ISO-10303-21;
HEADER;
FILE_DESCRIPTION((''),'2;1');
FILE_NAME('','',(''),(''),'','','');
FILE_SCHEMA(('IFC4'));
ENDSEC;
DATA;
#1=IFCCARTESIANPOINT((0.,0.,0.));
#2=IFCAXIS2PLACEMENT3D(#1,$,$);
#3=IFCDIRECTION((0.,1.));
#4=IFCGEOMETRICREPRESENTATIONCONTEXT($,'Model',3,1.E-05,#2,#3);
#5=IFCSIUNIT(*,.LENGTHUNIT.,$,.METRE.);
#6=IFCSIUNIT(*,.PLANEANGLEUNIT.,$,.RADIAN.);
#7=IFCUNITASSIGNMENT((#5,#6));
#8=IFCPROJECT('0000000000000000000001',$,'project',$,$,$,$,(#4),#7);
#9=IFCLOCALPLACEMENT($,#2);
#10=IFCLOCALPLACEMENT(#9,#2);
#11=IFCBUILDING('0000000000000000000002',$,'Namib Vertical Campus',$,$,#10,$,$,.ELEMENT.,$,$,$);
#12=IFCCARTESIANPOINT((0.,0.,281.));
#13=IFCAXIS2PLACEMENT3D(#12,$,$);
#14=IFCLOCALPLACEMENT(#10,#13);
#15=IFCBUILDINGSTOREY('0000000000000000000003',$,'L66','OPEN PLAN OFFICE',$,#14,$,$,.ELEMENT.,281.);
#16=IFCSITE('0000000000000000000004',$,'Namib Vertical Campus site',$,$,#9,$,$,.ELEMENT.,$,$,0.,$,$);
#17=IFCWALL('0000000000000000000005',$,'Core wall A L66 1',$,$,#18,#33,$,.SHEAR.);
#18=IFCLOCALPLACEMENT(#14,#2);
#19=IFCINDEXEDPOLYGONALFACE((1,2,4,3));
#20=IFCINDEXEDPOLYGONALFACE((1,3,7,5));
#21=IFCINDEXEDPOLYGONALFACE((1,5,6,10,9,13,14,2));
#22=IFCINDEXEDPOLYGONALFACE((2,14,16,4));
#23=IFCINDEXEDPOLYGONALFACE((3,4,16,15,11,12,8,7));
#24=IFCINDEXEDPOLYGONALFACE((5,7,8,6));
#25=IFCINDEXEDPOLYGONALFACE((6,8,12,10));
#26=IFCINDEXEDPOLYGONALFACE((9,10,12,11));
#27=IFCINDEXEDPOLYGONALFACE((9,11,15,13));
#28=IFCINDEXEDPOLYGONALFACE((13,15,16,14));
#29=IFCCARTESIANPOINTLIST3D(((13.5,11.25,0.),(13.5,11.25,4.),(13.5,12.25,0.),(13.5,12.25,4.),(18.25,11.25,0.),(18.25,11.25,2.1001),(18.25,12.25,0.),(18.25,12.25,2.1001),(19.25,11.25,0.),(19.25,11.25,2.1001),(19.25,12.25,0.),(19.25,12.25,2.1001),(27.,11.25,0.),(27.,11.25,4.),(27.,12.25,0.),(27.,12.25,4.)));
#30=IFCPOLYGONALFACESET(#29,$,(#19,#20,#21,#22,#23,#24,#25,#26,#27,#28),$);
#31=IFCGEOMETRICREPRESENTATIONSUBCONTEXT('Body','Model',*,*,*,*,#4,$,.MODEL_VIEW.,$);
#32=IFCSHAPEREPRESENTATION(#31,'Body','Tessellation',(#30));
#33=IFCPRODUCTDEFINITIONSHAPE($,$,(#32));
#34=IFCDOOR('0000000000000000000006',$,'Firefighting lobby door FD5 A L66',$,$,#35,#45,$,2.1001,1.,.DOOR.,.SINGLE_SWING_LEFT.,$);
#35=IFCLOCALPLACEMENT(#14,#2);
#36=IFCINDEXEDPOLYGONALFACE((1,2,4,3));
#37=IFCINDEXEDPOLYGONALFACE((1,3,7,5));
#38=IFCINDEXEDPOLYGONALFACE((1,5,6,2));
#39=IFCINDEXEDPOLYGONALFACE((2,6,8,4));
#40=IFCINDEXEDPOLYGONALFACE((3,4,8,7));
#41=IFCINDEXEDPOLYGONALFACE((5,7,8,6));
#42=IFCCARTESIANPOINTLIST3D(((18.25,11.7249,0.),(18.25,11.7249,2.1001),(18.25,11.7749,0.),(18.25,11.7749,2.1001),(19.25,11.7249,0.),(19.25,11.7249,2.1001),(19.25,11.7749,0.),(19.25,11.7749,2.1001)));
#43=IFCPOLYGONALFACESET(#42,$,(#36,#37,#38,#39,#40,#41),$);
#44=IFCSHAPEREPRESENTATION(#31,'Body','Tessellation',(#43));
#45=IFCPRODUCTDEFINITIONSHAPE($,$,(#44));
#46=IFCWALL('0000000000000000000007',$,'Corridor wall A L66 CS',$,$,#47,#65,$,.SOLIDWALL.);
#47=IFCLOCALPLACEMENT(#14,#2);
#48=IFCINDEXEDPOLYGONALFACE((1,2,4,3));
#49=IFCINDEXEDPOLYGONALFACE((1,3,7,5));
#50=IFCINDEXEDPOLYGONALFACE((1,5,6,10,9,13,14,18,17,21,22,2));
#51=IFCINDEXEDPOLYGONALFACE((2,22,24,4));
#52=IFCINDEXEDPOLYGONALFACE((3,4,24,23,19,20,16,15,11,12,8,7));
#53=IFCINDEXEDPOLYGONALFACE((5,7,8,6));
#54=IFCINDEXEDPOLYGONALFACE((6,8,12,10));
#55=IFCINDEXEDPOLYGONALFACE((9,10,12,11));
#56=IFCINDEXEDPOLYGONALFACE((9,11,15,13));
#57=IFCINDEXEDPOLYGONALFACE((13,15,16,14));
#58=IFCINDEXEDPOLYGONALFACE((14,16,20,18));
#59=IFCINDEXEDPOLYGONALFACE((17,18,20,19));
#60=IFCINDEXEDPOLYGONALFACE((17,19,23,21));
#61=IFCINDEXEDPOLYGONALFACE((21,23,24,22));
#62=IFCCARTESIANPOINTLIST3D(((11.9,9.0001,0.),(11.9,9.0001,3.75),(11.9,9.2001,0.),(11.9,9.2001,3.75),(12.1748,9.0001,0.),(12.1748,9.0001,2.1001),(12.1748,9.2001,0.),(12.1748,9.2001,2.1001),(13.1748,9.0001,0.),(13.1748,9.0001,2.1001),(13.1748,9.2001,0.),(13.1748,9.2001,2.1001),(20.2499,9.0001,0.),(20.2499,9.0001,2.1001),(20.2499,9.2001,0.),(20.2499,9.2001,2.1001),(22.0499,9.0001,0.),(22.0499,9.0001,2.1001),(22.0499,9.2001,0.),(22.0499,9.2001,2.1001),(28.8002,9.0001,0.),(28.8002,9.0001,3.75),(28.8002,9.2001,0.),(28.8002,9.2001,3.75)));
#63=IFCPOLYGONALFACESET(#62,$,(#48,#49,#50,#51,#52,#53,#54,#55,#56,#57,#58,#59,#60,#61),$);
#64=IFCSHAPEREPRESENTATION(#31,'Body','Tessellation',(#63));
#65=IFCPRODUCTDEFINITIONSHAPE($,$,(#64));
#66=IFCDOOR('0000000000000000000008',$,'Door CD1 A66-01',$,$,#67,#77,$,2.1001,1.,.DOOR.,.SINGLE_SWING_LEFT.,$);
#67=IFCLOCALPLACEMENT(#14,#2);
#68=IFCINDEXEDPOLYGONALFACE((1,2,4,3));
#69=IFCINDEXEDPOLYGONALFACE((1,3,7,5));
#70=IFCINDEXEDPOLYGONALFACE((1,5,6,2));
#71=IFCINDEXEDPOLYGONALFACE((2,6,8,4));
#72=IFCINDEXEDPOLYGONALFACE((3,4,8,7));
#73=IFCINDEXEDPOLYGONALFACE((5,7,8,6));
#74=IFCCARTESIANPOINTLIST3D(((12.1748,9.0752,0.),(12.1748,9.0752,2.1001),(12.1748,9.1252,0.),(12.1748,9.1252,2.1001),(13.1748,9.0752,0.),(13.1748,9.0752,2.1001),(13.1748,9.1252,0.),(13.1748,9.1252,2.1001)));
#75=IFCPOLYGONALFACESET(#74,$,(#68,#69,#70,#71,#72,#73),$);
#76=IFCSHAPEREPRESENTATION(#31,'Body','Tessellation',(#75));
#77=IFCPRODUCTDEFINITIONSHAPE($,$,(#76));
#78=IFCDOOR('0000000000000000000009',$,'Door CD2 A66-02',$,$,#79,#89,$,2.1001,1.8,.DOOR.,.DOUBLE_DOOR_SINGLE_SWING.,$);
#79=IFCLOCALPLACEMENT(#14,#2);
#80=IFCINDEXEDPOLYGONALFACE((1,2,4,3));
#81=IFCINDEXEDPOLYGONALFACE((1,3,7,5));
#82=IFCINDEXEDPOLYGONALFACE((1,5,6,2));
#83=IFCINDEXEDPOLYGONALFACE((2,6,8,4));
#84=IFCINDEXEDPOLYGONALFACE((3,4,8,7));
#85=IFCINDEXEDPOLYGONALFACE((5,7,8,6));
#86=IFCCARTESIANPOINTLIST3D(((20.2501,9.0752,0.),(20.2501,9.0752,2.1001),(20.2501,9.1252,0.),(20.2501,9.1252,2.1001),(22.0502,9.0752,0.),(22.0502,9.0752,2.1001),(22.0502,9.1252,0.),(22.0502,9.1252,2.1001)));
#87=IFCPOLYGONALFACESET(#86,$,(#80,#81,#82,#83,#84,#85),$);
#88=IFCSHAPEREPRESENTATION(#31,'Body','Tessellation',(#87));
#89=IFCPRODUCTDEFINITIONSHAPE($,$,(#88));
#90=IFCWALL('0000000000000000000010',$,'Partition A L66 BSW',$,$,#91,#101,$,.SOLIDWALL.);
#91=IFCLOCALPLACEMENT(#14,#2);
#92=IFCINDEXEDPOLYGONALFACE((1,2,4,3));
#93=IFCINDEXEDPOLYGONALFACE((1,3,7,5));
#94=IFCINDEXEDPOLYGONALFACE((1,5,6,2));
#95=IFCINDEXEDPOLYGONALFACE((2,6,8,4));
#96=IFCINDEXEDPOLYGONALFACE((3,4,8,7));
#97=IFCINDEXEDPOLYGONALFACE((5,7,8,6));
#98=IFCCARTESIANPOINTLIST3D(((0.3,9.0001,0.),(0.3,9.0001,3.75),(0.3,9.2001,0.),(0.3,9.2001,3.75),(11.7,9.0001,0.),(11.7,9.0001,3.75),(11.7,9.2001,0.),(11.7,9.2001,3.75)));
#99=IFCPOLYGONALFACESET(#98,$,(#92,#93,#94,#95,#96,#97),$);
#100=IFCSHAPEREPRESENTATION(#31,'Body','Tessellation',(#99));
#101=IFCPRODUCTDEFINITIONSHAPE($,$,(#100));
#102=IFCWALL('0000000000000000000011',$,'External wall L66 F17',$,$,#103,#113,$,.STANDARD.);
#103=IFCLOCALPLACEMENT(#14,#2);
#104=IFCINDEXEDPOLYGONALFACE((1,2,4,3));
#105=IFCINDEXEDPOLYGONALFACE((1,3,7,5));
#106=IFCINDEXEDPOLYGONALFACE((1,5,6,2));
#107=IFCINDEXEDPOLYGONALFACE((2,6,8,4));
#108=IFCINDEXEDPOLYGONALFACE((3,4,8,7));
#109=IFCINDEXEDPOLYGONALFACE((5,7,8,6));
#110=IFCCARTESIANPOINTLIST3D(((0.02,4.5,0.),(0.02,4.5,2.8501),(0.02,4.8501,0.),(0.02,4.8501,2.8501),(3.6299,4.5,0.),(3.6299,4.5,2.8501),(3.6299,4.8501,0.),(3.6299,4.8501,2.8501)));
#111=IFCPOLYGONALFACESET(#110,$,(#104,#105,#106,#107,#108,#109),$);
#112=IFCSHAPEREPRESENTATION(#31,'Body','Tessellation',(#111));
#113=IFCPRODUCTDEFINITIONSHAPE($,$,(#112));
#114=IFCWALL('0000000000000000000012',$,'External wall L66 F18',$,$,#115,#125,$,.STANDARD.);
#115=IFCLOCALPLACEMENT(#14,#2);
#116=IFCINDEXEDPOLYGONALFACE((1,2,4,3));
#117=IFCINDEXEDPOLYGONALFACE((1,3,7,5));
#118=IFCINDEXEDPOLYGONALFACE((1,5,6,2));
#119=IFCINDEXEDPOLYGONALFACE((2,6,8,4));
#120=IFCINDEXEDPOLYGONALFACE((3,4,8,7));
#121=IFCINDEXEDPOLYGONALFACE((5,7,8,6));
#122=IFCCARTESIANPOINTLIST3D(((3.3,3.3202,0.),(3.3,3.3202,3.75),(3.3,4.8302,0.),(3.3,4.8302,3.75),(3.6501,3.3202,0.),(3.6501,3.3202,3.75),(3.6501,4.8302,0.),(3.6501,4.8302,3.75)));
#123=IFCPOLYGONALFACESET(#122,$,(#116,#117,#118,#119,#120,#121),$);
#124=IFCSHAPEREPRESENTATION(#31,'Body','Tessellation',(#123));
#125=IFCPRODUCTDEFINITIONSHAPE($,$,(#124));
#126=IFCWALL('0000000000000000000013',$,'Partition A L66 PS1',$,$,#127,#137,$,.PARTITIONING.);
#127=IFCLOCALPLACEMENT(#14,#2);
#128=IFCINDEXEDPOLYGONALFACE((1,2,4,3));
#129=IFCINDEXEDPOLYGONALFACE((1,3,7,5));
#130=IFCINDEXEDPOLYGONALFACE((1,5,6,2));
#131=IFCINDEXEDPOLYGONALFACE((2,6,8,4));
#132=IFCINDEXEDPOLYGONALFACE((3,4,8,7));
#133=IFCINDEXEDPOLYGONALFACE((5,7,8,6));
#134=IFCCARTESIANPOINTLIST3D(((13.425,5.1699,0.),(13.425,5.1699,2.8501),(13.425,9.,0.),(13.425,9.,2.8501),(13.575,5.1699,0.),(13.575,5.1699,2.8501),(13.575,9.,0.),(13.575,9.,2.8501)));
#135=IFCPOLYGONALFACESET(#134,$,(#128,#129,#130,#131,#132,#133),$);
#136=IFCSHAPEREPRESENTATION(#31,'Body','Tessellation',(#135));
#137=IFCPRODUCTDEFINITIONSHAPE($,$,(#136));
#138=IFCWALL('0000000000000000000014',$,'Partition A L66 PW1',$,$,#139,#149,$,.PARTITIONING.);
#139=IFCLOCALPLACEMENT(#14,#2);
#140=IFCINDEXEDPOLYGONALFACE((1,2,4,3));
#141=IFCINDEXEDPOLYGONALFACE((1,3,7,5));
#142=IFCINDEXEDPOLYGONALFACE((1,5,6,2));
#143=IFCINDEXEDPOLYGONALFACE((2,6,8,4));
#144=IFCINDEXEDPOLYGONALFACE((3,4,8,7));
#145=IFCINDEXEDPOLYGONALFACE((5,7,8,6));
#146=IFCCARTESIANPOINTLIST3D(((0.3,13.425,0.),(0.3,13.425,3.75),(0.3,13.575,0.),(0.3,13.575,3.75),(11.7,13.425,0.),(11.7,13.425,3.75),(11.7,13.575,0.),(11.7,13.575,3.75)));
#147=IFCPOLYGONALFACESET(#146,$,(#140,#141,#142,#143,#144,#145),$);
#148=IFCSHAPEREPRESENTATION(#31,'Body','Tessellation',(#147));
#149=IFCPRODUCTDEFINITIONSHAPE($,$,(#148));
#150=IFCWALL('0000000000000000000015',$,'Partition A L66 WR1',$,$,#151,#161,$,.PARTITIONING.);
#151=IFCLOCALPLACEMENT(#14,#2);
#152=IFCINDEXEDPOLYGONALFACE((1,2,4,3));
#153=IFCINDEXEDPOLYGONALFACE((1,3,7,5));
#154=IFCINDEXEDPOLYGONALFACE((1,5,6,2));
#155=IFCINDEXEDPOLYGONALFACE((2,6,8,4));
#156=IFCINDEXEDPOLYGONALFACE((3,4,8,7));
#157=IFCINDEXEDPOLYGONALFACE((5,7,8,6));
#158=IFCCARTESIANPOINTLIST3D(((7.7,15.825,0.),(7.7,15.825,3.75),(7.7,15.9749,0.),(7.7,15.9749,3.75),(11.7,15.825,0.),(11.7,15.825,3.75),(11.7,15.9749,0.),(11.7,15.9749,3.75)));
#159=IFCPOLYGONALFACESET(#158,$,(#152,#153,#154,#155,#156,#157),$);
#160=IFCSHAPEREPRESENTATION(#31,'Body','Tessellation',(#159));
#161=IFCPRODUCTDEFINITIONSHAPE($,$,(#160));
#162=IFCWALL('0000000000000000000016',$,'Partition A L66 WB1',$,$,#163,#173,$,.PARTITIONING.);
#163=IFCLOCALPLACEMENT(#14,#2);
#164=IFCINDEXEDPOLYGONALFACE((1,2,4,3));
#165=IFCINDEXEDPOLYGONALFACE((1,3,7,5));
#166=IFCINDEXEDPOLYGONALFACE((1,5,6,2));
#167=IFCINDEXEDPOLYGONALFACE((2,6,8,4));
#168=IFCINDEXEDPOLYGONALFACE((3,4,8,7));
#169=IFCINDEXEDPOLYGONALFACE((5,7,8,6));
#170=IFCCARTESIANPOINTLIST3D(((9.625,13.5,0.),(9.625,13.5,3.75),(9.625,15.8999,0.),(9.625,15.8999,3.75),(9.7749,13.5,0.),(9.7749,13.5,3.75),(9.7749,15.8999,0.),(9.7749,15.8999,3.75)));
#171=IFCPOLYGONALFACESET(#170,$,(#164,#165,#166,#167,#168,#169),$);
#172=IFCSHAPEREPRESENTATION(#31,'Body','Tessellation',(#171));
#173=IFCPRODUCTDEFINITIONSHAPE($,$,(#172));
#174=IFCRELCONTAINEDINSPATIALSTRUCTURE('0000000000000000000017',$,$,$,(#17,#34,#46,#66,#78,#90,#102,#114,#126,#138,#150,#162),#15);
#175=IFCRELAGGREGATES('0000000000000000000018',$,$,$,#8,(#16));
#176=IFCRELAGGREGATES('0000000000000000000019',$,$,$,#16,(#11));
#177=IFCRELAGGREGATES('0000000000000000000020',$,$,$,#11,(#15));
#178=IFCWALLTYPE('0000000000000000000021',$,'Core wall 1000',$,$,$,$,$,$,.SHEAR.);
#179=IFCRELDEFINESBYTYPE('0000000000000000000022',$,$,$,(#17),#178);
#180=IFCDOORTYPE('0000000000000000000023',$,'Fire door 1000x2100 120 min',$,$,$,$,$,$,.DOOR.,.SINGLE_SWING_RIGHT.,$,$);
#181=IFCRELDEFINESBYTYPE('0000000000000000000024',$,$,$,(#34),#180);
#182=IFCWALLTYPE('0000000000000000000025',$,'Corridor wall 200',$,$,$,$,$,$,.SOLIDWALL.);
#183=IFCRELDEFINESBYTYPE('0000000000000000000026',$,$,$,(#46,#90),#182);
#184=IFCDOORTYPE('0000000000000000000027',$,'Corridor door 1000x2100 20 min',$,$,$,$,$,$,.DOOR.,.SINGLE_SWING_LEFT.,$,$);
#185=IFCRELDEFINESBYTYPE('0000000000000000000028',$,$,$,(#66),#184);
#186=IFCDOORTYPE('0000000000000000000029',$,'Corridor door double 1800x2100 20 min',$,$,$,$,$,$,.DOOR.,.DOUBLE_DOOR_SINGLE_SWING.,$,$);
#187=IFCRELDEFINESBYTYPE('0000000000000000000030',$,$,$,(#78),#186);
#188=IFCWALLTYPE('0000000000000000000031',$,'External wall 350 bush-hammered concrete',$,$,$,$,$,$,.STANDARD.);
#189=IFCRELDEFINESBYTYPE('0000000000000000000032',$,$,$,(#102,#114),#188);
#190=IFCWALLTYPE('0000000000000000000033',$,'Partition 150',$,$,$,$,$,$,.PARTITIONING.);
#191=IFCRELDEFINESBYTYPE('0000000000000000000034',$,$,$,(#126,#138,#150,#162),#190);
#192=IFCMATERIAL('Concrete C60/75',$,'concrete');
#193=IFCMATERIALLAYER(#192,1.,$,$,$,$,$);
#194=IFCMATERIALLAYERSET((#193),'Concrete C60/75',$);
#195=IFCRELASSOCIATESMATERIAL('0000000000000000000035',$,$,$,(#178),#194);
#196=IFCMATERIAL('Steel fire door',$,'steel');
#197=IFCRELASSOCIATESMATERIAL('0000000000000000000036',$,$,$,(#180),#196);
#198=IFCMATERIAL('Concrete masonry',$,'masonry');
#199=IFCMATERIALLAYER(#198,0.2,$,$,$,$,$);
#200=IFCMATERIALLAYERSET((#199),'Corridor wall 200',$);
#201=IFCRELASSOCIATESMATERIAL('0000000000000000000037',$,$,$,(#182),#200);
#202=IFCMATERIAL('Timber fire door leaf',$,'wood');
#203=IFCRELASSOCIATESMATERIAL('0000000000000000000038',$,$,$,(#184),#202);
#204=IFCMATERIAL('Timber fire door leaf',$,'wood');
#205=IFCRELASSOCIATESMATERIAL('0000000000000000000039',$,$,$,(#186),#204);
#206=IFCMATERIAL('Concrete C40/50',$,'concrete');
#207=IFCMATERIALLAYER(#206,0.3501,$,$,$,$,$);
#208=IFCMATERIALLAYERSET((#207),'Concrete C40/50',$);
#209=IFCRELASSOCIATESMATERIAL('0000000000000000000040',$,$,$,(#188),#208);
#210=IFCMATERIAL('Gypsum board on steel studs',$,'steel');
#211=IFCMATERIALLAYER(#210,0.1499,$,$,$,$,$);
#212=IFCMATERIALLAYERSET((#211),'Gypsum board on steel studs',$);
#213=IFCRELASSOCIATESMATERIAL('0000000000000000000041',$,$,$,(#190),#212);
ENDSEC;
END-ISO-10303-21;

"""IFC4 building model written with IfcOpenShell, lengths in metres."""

from ifc_helpers import new_model, si_unit, direction, frame, frame_2d, origin, place, context, subcontext, project, spatial, rectangle, extrude, material, layer, layer_set, type_object, element, fill, save


model = new_model("IFC4")

# Units and contexts
model_context = context("Model", 3, precision=1e-05, world=origin(), true_north=direction((0.0, 1.0)))
body_context = subcontext(model_context, "Body", "Model", "MODEL_VIEW")
ifc_project = project(units=[si_unit("LENGTHUNIT", "METRE"), si_unit("PLANEANGLEUNIT", "RADIAN")], contexts=[model_context])

# Site, building, storey
site_placement = place(None, origin())
site = spatial("IfcSite", under=ifc_project, at=site_placement, Name="Namib Vertical Campus site", CompositionType="ELEMENT", RefElevation=0.0)
building_placement = place(site_placement, origin())
building = spatial("IfcBuilding", under=site, at=building_placement, Name="Namib Vertical Campus", CompositionType="ELEMENT")
storey_placement = place(building_placement, frame((0.0, 0.0, 281.0)))
storey = spatial("IfcBuildingStorey", under=building, at=storey_placement, Name="L66", Description="OPEN PLAN OFFICE", CompositionType="ELEMENT", Elevation=281.0)

# Wall, opening, door
ifc_material_1 = material(Name="Concrete C60/75", Category="concrete")
ifc_layer_1 = layer(ifc_material_1, 1.0)
ifc_layer_set_1 = layer_set([ifc_layer_1], Name="Concrete C60/75")
wall_type_1 = type_object("IfcWallType", Name="Core wall 1000", PredefinedType="SHEAR", material=ifc_layer_set_1)
wall_1_placement = place(storey_placement, frame((13.5, 11.75, 0.0), z_axis=(0.0, 0.0, 1.0), x_axis=(1.0, 0.0, 0.0)))
wall_1 = element("IfcWall", 1, at=wall_1_placement, inside=storey, type_object=wall_type_1, Name="Core wall A L66 1", PredefinedType="SHEAR", context=body_context, shape_type="SweptSolid", body=[
    extrude(rectangle(XDim=13.5, YDim=1.0, at=frame_2d((6.75, 0.0))), origin(), (0.0, 0.0, 1.0), 4.0),
])
opening_1_placement = place(wall_1_placement, frame((4.75, 0.0, 0.0)))
opening_1 = element("IfcOpeningElement", 2, at=opening_1_placement, cuts=wall_1, PredefinedType="OPENING", context=body_context, shape_type="SweptSolid", body=[
    extrude(rectangle(XDim=1.0, YDim=2.1001, at=frame_2d((0.5, 1.05))), frame((0.0, 0.51, 0.0), z_axis=(0.0, -1.0, 0.0), x_axis=(1.0, 0.0, 0.0)), (0.0, 0.0, 1.0), 1.02),
])
ifc_material_2 = material(Name="Steel fire door", Category="steel")
door_type_1 = type_object("IfcDoorType", Name="Fire door 1000x2100 120 min", OperationType="SINGLE_SWING_RIGHT", PredefinedType="DOOR", material=ifc_material_2)
door_1_placement = place(opening_1_placement, origin())
door_1 = element("IfcDoor", 3, at=door_1_placement, inside=storey, type_object=door_type_1, Name="Firefighting lobby door FD5 A L66", OperationType="SINGLE_SWING_LEFT", OverallHeight=2.1001, OverallWidth=1.0, PredefinedType="DOOR", context=body_context, shape_type="SweptSolid", body=[
    extrude(rectangle(XDim=1.0, YDim=2.1001, at=frame_2d((0.5, 1.05))), frame((0.0, 0.0249, 0.0), z_axis=(0.0, -1.0, 0.0), x_axis=(1.0, 0.0, 0.0)), (0.0, 0.0, 1.0), 0.05),
])
fill(opening_1, door_1)

# Wall, openings, doors
ifc_material_3 = material(Name="Concrete masonry", Category="masonry")
ifc_layer_2 = layer(ifc_material_3, 0.2)
ifc_layer_set_2 = layer_set([ifc_layer_2], Name="Corridor wall 200")
wall_type_2 = type_object("IfcWallType", Name="Corridor wall 200", PredefinedType="SOLIDWALL", material=ifc_layer_set_2)
wall_2_placement = place(storey_placement, frame((11.8999, 9.1001, 0.0), z_axis=(0.0, 0.0, 1.0), x_axis=(1.0, 0.0, 0.0)))
wall_2 = element("IfcWall", 4, at=wall_2_placement, inside=storey, type_object=wall_type_2, Name="Corridor wall A L66 CS", PredefinedType="SOLIDWALL", context=body_context, shape_type="SweptSolid", body=[
    extrude(rectangle(XDim=16.9001, YDim=0.2, at=frame_2d((8.4502, 0.0))), origin(), (0.0, 0.0, 1.0), 3.75),
])
opening_2_placement = place(wall_2_placement, frame((0.2749, 0.0, 0.0)))
opening_2 = element("IfcOpeningElement", 5, at=opening_2_placement, cuts=wall_2, PredefinedType="OPENING", context=body_context, shape_type="SweptSolid", body=[
    extrude(rectangle(XDim=1.0, YDim=2.1001, at=frame_2d((0.5, 1.05))), frame((0.0, 0.1099, 0.0), z_axis=(0.0, -1.0, 0.0), x_axis=(1.0, 0.0, 0.0)), (0.0, 0.0, 1.0), 0.22),
])
opening_3_placement = place(wall_2_placement, frame((8.3501, 0.0, 0.0)))
opening_3 = element("IfcOpeningElement", 6, at=opening_3_placement, cuts=wall_2, PredefinedType="OPENING", context=body_context, shape_type="SweptSolid", body=[
    extrude(rectangle(XDim=1.8, YDim=2.1001, at=frame_2d((0.8999, 1.05))), frame((0.0, 0.1099, 0.0), z_axis=(0.0, -1.0, 0.0), x_axis=(1.0, 0.0, 0.0)), (0.0, 0.0, 1.0), 0.22),
])
ifc_material_4 = material(Name="Timber fire door leaf", Category="wood")
door_type_2 = type_object("IfcDoorType", Name="Corridor door 1000x2100 20 min", OperationType="SINGLE_SWING_LEFT", PredefinedType="DOOR", material=ifc_material_4)
door_2_placement = place(opening_2_placement, frame((1.0, 0.0, 0.0), z_axis=(0.0, 0.0, 1.0), x_axis=(-1.0, 0.0, 0.0)))
door_2 = element("IfcDoor", 7, at=door_2_placement, inside=storey, type_object=door_type_2, Name="Door CD1 A66-01", OperationType="SINGLE_SWING_LEFT", OverallHeight=2.1001, OverallWidth=1.0, PredefinedType="DOOR", context=body_context, shape_type="SweptSolid", body=[
    extrude(rectangle(XDim=1.0, YDim=2.1001, at=frame_2d((0.5, 1.05))), frame((0.0, 0.0249, 0.0), z_axis=(0.0, -1.0, 0.0), x_axis=(1.0, 0.0, 0.0)), (0.0, 0.0, 1.0), 0.05),
])
fill(opening_2, door_2)
ifc_material_5 = material(Name="Timber fire door leaf", Category="wood")
door_type_3 = type_object("IfcDoorType", Name="Corridor door double 1800x2100 20 min", OperationType="DOUBLE_DOOR_SINGLE_SWING", PredefinedType="DOOR", material=ifc_material_5)
door_3_placement = place(opening_3_placement, frame((1.8, 0.0, 0.0), z_axis=(0.0, 0.0, 1.0), x_axis=(-1.0, 0.0, 0.0)))
door_3 = element("IfcDoor", 8, at=door_3_placement, inside=storey, type_object=door_type_3, Name="Door CD2 A66-02", OperationType="DOUBLE_DOOR_SINGLE_SWING", OverallHeight=2.1001, OverallWidth=1.8, PredefinedType="DOOR", context=body_context, shape_type="SweptSolid", body=[
    extrude(rectangle(XDim=1.8, YDim=2.1001, at=frame_2d((0.8999, 1.05))), frame((0.0, 0.0249, 0.0), z_axis=(0.0, -1.0, 0.0), x_axis=(1.0, 0.0, 0.0)), (0.0, 0.0, 1.0), 0.05),
])
fill(opening_3, door_3)

# Walls
wall_3_placement = place(storey_placement, frame((0.3, 9.1001, 0.0), z_axis=(0.0, 0.0, 1.0), x_axis=(1.0, 0.0, 0.0)))
element("IfcWall", 9, at=wall_3_placement, inside=storey, type_object=wall_type_2, Name="Partition A L66 BSW", PredefinedType="SOLIDWALL", context=body_context, shape_type="SweptSolid", body=[
    extrude(rectangle(XDim=11.3999, YDim=0.2, at=frame_2d((5.7, 0.0))), origin(), (0.0, 0.0, 1.0), 3.75),
])
ifc_material_6 = material(Name="Concrete C40/50", Category="concrete")
ifc_layer_3 = layer(ifc_material_6, 0.3501)
ifc_layer_set_3 = layer_set([ifc_layer_3], Name="Concrete C40/50")
wall_type_3 = type_object("IfcWallType", Name="External wall 350 bush-hammered concrete", PredefinedType="STANDARD", material=ifc_layer_set_3)
wall_4_placement = place(storey_placement, frame((0.02, 4.675, 0.0), z_axis=(0.0, 0.0, 1.0), x_axis=(1.0, 0.0, 0.0)))
element("IfcWall", 10, at=wall_4_placement, inside=storey, type_object=wall_type_3, Name="External wall L66 F17", PredefinedType="STANDARD", context=body_context, shape_type="SweptSolid", body=[
    extrude(rectangle(XDim=3.6099, YDim=0.3501, at=frame_2d((1.8049, 0.0))), origin(), (0.0, 0.0, 1.0), 2.8501),
])
wall_5_placement = place(storey_placement, frame((3.4751, 4.8301, 0.0), z_axis=(0.0, 0.0, 1.0), x_axis=(0.0, -1.0, 0.0)))
element("IfcWall", 11, at=wall_5_placement, inside=storey, type_object=wall_type_3, Name="External wall L66 F18", PredefinedType="STANDARD", context=body_context, shape_type="SweptSolid", body=[
    extrude(rectangle(XDim=1.51, YDim=0.3501, at=frame_2d((0.7549, 0.0))), origin(), (0.0, 0.0, 1.0), 3.75),
])
ifc_material_7 = material(Name="Gypsum board on steel studs", Category="steel")
ifc_layer_4 = layer(ifc_material_7, 0.1499)
ifc_layer_set_4 = layer_set([ifc_layer_4], Name="Gypsum board on steel studs")
wall_type_4 = type_object("IfcWallType", Name="Partition 150", PredefinedType="PARTITIONING", material=ifc_layer_set_4)
wall_6_placement = place(storey_placement, frame((13.5, 5.1699, 0.0), z_axis=(0.0, 0.0, 1.0), x_axis=(0.0, 1.0, 0.0)))
element("IfcWall", 12, at=wall_6_placement, inside=storey, type_object=wall_type_4, Name="Partition A L66 PS1", PredefinedType="PARTITIONING", context=body_context, shape_type="SweptSolid", body=[
    extrude(rectangle(XDim=3.8301, YDim=0.1499, at=frame_2d((1.915, 0.0))), origin(), (0.0, 0.0, 1.0), 2.8501),
])
wall_7_placement = place(storey_placement, frame((0.3, 13.5, 0.0), z_axis=(0.0, 0.0, 1.0), x_axis=(1.0, 0.0, 0.0)))
element("IfcWall", 13, at=wall_7_placement, inside=storey, type_object=wall_type_4, Name="Partition A L66 PW1", PredefinedType="PARTITIONING", context=body_context, shape_type="SweptSolid", body=[
    extrude(rectangle(XDim=11.3999, YDim=0.1499, at=frame_2d((5.7, 0.0))), origin(), (0.0, 0.0, 1.0), 3.75),
])
wall_8_placement = place(storey_placement, frame((11.7, 15.8999, 0.0), z_axis=(0.0, 0.0, 1.0), x_axis=(-1.0, 0.0, 0.0)))
element("IfcWall", 14, at=wall_8_placement, inside=storey, type_object=wall_type_4, Name="Partition A L66 WR1", PredefinedType="PARTITIONING", context=body_context, shape_type="SweptSolid", body=[
    extrude(rectangle(XDim=4.0, YDim=0.1499, at=frame_2d((2.0, 0.0))), origin(), (0.0, 0.0, 1.0), 3.75),
])
wall_9_placement = place(storey_placement, frame((9.7, 13.5, 0.0), z_axis=(0.0, 0.0, 1.0), x_axis=(0.0, 1.0, 0.0)))
element("IfcWall", 15, at=wall_9_placement, inside=storey, type_object=wall_type_4, Name="Partition A L66 WB1", PredefinedType="PARTITIONING", context=body_context, shape_type="SweptSolid", body=[
    extrude(rectangle(XDim=2.3999, YDim=0.1499, at=frame_2d((1.2, 0.0))), origin(), (0.0, 0.0, 1.0), 3.75),
])

save(model, "model.ifc")
